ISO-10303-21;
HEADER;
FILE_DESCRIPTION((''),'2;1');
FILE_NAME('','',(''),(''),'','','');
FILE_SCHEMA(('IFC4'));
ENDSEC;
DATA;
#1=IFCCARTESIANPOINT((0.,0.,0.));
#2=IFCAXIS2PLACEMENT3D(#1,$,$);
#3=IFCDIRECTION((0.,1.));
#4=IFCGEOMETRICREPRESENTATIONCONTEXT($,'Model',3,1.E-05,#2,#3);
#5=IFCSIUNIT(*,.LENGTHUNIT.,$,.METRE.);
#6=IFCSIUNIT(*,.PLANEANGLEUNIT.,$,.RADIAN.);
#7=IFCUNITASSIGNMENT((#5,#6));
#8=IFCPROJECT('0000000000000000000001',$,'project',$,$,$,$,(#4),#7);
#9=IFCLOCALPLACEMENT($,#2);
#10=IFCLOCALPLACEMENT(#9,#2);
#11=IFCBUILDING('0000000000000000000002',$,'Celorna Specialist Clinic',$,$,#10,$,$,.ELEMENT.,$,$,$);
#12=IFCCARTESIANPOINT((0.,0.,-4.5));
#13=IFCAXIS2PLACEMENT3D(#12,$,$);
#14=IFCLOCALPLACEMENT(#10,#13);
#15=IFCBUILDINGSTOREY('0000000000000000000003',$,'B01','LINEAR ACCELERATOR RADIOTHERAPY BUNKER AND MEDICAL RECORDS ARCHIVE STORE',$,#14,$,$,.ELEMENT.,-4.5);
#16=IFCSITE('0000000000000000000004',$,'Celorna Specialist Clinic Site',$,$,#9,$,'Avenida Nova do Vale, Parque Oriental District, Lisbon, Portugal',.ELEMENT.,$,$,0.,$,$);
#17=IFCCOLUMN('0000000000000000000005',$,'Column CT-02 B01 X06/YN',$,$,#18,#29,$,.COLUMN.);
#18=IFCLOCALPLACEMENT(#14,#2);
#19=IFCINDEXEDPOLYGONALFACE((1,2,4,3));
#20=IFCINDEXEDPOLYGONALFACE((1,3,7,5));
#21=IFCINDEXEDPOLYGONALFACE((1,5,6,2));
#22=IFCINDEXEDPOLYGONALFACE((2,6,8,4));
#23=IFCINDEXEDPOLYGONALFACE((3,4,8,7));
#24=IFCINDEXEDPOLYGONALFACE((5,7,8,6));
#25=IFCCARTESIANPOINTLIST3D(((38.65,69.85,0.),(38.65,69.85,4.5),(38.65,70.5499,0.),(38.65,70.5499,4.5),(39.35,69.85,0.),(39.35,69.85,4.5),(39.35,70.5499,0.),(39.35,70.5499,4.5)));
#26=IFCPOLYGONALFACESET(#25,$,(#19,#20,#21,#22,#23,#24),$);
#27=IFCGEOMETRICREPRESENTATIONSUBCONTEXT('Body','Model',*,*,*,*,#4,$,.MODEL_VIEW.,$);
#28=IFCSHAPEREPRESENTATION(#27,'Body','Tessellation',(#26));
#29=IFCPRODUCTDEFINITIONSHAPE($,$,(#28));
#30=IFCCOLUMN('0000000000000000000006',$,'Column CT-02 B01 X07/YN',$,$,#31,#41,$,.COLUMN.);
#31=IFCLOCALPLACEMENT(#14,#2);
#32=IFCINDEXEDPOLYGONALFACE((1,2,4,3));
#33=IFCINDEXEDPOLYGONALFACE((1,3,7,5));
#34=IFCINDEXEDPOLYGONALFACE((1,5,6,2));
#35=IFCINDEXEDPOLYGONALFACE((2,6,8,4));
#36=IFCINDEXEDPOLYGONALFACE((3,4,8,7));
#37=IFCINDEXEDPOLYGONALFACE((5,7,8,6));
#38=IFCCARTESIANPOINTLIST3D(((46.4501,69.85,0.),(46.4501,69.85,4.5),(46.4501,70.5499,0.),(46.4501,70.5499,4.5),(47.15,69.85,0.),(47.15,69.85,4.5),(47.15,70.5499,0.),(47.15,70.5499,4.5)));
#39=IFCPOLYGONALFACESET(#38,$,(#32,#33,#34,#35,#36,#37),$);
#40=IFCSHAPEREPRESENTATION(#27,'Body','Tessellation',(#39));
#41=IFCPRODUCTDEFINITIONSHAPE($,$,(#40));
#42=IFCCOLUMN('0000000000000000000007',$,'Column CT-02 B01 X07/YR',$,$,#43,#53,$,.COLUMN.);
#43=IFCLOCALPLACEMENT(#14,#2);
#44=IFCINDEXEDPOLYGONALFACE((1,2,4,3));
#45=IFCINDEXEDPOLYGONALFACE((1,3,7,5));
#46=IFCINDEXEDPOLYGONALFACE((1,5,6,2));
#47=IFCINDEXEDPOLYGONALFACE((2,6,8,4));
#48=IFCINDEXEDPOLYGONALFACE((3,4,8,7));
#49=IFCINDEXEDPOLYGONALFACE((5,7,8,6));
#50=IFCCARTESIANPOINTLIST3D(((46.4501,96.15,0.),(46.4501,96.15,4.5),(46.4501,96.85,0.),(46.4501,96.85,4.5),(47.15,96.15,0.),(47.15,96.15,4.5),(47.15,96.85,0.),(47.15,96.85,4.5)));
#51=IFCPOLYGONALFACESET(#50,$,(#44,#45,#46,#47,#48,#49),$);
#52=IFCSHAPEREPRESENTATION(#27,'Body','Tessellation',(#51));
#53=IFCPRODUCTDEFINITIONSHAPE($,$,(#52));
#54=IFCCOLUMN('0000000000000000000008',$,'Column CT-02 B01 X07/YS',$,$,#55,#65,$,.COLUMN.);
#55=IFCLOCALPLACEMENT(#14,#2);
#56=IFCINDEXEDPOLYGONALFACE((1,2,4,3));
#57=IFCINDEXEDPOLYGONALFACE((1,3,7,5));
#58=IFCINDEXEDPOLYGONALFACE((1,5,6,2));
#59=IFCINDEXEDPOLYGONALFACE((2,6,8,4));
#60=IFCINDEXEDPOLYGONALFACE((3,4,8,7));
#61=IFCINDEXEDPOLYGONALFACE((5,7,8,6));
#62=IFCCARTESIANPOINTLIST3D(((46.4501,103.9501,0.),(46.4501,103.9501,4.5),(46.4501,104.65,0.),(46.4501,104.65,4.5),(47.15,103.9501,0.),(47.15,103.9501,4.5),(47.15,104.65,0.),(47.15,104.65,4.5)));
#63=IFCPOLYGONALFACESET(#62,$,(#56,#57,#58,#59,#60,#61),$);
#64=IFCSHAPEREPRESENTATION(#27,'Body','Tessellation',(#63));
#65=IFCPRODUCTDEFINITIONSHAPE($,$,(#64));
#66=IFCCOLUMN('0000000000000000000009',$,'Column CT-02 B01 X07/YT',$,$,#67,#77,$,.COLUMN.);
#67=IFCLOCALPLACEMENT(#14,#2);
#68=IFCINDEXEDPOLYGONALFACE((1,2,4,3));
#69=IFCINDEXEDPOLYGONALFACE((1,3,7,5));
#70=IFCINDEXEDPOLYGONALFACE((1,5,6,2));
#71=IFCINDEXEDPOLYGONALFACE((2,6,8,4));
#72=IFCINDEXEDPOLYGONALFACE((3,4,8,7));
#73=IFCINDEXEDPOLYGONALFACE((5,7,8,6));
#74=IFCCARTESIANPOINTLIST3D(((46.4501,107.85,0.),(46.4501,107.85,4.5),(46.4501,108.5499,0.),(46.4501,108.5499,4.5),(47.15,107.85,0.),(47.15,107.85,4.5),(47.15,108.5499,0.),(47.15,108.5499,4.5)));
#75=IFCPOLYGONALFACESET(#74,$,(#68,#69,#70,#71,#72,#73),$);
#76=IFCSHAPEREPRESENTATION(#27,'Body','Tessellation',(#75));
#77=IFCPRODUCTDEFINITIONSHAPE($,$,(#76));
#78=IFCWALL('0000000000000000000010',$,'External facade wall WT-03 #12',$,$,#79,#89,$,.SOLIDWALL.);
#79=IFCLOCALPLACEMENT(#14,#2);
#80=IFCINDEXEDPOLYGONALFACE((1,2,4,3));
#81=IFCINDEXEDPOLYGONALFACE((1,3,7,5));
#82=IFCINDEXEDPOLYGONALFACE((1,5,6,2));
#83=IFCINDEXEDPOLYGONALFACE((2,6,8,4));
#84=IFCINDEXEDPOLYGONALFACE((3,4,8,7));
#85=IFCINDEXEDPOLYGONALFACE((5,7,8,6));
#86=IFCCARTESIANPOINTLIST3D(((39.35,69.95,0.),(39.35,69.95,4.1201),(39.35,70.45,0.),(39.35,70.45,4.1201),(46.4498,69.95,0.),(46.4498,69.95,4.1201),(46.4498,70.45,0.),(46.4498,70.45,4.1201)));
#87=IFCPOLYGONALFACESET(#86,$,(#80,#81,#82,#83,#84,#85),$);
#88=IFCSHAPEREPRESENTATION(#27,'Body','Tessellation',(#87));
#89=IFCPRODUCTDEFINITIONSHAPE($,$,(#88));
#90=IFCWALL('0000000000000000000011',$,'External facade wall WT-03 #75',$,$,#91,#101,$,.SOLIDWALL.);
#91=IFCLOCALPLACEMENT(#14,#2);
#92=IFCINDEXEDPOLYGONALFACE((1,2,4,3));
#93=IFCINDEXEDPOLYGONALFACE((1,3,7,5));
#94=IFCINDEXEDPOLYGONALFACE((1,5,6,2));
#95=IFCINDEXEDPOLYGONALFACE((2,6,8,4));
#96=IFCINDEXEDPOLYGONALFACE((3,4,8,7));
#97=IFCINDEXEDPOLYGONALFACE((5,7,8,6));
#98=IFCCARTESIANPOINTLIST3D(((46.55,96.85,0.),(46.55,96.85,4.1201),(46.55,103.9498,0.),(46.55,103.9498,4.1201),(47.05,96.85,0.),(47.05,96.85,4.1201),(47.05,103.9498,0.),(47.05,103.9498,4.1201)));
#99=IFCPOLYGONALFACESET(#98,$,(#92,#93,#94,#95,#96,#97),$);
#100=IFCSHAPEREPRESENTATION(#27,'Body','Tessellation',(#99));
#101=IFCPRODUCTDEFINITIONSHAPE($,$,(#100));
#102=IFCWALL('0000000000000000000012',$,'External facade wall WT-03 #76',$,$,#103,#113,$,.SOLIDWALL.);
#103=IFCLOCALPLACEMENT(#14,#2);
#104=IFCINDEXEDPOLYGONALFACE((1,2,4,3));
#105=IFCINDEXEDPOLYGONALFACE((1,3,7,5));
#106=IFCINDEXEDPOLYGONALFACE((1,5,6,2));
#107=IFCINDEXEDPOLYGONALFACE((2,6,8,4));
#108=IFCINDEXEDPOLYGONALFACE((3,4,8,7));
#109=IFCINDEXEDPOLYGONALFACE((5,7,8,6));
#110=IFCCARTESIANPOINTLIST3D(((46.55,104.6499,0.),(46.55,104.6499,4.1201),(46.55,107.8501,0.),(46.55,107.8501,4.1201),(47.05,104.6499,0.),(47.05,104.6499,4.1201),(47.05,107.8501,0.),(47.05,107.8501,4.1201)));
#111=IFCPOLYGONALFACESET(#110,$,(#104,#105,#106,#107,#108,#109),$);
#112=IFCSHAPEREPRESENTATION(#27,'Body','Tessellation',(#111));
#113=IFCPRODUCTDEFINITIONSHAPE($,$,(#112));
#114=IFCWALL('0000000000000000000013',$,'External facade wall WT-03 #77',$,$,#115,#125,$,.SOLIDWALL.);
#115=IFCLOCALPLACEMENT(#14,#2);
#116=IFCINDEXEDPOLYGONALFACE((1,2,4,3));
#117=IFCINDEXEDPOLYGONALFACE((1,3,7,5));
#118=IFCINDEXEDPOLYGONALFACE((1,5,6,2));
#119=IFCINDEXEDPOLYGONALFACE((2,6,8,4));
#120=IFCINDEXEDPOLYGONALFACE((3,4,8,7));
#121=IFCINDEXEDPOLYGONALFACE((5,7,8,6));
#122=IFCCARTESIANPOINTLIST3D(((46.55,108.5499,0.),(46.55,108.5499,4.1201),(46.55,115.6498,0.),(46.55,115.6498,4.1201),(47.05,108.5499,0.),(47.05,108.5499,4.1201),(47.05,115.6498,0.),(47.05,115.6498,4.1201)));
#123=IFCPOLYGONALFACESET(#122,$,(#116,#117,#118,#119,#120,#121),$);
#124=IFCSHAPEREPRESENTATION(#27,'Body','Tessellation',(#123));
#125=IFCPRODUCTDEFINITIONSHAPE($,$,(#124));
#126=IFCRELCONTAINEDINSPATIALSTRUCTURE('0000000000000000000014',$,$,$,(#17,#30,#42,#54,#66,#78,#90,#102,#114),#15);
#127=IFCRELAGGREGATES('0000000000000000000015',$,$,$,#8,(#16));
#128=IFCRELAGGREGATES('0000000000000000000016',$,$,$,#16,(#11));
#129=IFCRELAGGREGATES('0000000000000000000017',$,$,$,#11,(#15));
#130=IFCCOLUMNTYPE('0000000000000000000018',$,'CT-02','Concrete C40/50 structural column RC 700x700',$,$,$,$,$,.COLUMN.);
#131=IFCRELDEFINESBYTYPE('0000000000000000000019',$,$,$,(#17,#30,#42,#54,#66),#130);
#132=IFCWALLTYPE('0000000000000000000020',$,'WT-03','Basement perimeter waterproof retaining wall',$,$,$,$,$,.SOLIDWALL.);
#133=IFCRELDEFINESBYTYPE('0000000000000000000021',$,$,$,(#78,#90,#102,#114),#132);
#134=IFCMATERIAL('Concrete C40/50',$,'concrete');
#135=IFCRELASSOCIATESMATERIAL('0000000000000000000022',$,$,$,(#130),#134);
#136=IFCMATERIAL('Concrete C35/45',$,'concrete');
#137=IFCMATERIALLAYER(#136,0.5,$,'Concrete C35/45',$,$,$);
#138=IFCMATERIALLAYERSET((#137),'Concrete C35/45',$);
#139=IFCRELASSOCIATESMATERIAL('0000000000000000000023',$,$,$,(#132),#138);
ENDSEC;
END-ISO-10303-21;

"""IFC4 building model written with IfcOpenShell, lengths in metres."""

from ifc_helpers import new_model, si_unit, direction, frame, frame_2d, origin, origin_2d, place, context, subcontext, project, spatial, rectangle, extrude, material, layer, layer_set, material_profile, profile_set, type_object, element, save


model = new_model("IFC4")

# Units and contexts
model_context = context("Model", 3, precision=1e-05, world=origin(), true_north=direction((0.0, 1.0)))
body_context = subcontext(model_context, "Body", "Model", "MODEL_VIEW")
ifc_project = project(units=[si_unit("LENGTHUNIT", "METRE"), si_unit("PLANEANGLEUNIT", "RADIAN")], contexts=[model_context])

# Site, building, storey
site_placement = place(None, origin())
site = spatial("IfcSite", under=ifc_project, at=site_placement, Name="Celorna Specialist Clinic Site", LongName="Avenida Nova do Vale, Parque Oriental District, Lisbon, Portugal", CompositionType="ELEMENT", RefElevation=0.0)
building_placement = place(site_placement, origin())
building = spatial("IfcBuilding", under=site, at=building_placement, Name="Celorna Specialist Clinic", CompositionType="ELEMENT")
storey_placement = place(building_placement, frame((0.0, 0.0, -4.5)))
storey = spatial("IfcBuildingStorey", under=building, at=storey_placement, Name="B01", Description="LINEAR ACCELERATOR RADIOTHERAPY BUNKER AND MEDICAL RECORDS ARCHIVE STORE", CompositionType="ELEMENT", Elevation=-4.5)

# Shared definitions
ifc_material_1 = material(Name="Concrete C35/45", Category="concrete")

# Columns
ifc_material_2 = material(Name="Concrete C40/50", Category="concrete")
ifc_material_profile_1 = material_profile(ifc_material_2, rectangle(XDim=0.7, YDim=0.7, at=origin_2d()), Name="RC 700x700")
ifc_profile_set_1 = profile_set([ifc_material_profile_1], Name="Concrete C40/50")
column_type = type_object("IfcColumnType", Name="CT-02", Description="Concrete C40/50 structural column RC 700x700", PredefinedType="COLUMN", material=ifc_profile_set_1)
for number, where, z_axis, x_axis, name in (
    (1, (39.0, 70.2, 0.0), (0.0, 0.0, 1.0), (1.0, 0.0, 0.0), "Column CT-02 B01 X06/YN"),
    (2, (46.8, 70.2, 0.0), (0.0, 0.0, 1.0), (1.0, 0.0, 0.0), "Column CT-02 B01 X07/YN"),
    (3, (46.8, 96.5, 0.0), (0.0, 0.0, 1.0), (1.0, 0.0, 0.0), "Column CT-02 B01 X07/YR"),
    (4, (46.8, 104.3, 0.0), (0.0, 0.0, 1.0), (1.0, 0.0, 0.0), "Column CT-02 B01 X07/YS"),
    (5, (46.8, 108.2, 0.0), (0.0, 0.0, 1.0), (1.0, 0.0, 0.0), "Column CT-02 B01 X07/YT"),
):
    element("IfcColumn", number, at=place(storey_placement, frame(where, z_axis=z_axis, x_axis=x_axis)), inside=storey, type_object=column_type, Name=name, PredefinedType="COLUMN", context=body_context, shape_type="SweptSolid", body=[
        extrude(rectangle(XDim=0.7, YDim=0.7, at=origin_2d()), origin(), (0.0, 0.0, 1.0), 4.5),
    ])

# Walls
ifc_layer = layer(ifc_material_1, 0.5, Name="Concrete C35/45")
ifc_layer_set = layer_set([ifc_layer], Name="Concrete C35/45")
wall_type = type_object("IfcWallType", Name="WT-03", Description="Basement perimeter waterproof retaining wall", PredefinedType="SOLIDWALL", material=ifc_layer_set)
for number, where, z_axis, x_axis, name in (
    (6, (39.3501, 70.2, 0.0), (0.0, 0.0, 1.0), (1.0, 0.0, 0.0), "External facade wall WT-03 #12"),
    (7, (46.8, 96.8501, 0.0), (0.0, 0.0, 1.0), (0.0, 1.0, 0.0), "External facade wall WT-03 #75"),
):
    element("IfcWall", number, at=place(storey_placement, frame(where, z_axis=z_axis, x_axis=x_axis)), inside=storey, type_object=wall_type, Name=name, PredefinedType="SOLIDWALL", context=body_context, shape_type="SweptSolid", body=[
        extrude(rectangle(XDim=7.0999, YDim=0.5, at=frame_2d((3.5498, 0.0))), origin(), (0.0, 0.0, 1.0), 4.1201),
    ])
wall_1_placement = place(storey_placement, frame((46.8, 104.6499, 0.0), z_axis=(0.0, 0.0, 1.0), x_axis=(0.0, 1.0, 0.0)))
element("IfcWall", 8, at=wall_1_placement, inside=storey, type_object=wall_type, Name="External facade wall WT-03 #76", PredefinedType="SOLIDWALL", context=body_context, shape_type="SweptSolid", body=[
    extrude(rectangle(XDim=3.2002, YDim=0.5, at=frame_2d((1.6001, 0.0))), origin(), (0.0, 0.0, 1.0), 4.1201),
])
wall_2_placement = place(storey_placement, frame((46.8, 108.55, 0.0), z_axis=(0.0, 0.0, 1.0), x_axis=(0.0, 1.0, 0.0)))
element("IfcWall", 9, at=wall_2_placement, inside=storey, type_object=wall_type, Name="External facade wall WT-03 #77", PredefinedType="SOLIDWALL", context=body_context, shape_type="SweptSolid", body=[
    extrude(rectangle(XDim=7.0999, YDim=0.5, at=frame_2d((3.5498, 0.0))), origin(), (0.0, 0.0, 1.0), 4.1201),
])

save(model, "model.ifc")
